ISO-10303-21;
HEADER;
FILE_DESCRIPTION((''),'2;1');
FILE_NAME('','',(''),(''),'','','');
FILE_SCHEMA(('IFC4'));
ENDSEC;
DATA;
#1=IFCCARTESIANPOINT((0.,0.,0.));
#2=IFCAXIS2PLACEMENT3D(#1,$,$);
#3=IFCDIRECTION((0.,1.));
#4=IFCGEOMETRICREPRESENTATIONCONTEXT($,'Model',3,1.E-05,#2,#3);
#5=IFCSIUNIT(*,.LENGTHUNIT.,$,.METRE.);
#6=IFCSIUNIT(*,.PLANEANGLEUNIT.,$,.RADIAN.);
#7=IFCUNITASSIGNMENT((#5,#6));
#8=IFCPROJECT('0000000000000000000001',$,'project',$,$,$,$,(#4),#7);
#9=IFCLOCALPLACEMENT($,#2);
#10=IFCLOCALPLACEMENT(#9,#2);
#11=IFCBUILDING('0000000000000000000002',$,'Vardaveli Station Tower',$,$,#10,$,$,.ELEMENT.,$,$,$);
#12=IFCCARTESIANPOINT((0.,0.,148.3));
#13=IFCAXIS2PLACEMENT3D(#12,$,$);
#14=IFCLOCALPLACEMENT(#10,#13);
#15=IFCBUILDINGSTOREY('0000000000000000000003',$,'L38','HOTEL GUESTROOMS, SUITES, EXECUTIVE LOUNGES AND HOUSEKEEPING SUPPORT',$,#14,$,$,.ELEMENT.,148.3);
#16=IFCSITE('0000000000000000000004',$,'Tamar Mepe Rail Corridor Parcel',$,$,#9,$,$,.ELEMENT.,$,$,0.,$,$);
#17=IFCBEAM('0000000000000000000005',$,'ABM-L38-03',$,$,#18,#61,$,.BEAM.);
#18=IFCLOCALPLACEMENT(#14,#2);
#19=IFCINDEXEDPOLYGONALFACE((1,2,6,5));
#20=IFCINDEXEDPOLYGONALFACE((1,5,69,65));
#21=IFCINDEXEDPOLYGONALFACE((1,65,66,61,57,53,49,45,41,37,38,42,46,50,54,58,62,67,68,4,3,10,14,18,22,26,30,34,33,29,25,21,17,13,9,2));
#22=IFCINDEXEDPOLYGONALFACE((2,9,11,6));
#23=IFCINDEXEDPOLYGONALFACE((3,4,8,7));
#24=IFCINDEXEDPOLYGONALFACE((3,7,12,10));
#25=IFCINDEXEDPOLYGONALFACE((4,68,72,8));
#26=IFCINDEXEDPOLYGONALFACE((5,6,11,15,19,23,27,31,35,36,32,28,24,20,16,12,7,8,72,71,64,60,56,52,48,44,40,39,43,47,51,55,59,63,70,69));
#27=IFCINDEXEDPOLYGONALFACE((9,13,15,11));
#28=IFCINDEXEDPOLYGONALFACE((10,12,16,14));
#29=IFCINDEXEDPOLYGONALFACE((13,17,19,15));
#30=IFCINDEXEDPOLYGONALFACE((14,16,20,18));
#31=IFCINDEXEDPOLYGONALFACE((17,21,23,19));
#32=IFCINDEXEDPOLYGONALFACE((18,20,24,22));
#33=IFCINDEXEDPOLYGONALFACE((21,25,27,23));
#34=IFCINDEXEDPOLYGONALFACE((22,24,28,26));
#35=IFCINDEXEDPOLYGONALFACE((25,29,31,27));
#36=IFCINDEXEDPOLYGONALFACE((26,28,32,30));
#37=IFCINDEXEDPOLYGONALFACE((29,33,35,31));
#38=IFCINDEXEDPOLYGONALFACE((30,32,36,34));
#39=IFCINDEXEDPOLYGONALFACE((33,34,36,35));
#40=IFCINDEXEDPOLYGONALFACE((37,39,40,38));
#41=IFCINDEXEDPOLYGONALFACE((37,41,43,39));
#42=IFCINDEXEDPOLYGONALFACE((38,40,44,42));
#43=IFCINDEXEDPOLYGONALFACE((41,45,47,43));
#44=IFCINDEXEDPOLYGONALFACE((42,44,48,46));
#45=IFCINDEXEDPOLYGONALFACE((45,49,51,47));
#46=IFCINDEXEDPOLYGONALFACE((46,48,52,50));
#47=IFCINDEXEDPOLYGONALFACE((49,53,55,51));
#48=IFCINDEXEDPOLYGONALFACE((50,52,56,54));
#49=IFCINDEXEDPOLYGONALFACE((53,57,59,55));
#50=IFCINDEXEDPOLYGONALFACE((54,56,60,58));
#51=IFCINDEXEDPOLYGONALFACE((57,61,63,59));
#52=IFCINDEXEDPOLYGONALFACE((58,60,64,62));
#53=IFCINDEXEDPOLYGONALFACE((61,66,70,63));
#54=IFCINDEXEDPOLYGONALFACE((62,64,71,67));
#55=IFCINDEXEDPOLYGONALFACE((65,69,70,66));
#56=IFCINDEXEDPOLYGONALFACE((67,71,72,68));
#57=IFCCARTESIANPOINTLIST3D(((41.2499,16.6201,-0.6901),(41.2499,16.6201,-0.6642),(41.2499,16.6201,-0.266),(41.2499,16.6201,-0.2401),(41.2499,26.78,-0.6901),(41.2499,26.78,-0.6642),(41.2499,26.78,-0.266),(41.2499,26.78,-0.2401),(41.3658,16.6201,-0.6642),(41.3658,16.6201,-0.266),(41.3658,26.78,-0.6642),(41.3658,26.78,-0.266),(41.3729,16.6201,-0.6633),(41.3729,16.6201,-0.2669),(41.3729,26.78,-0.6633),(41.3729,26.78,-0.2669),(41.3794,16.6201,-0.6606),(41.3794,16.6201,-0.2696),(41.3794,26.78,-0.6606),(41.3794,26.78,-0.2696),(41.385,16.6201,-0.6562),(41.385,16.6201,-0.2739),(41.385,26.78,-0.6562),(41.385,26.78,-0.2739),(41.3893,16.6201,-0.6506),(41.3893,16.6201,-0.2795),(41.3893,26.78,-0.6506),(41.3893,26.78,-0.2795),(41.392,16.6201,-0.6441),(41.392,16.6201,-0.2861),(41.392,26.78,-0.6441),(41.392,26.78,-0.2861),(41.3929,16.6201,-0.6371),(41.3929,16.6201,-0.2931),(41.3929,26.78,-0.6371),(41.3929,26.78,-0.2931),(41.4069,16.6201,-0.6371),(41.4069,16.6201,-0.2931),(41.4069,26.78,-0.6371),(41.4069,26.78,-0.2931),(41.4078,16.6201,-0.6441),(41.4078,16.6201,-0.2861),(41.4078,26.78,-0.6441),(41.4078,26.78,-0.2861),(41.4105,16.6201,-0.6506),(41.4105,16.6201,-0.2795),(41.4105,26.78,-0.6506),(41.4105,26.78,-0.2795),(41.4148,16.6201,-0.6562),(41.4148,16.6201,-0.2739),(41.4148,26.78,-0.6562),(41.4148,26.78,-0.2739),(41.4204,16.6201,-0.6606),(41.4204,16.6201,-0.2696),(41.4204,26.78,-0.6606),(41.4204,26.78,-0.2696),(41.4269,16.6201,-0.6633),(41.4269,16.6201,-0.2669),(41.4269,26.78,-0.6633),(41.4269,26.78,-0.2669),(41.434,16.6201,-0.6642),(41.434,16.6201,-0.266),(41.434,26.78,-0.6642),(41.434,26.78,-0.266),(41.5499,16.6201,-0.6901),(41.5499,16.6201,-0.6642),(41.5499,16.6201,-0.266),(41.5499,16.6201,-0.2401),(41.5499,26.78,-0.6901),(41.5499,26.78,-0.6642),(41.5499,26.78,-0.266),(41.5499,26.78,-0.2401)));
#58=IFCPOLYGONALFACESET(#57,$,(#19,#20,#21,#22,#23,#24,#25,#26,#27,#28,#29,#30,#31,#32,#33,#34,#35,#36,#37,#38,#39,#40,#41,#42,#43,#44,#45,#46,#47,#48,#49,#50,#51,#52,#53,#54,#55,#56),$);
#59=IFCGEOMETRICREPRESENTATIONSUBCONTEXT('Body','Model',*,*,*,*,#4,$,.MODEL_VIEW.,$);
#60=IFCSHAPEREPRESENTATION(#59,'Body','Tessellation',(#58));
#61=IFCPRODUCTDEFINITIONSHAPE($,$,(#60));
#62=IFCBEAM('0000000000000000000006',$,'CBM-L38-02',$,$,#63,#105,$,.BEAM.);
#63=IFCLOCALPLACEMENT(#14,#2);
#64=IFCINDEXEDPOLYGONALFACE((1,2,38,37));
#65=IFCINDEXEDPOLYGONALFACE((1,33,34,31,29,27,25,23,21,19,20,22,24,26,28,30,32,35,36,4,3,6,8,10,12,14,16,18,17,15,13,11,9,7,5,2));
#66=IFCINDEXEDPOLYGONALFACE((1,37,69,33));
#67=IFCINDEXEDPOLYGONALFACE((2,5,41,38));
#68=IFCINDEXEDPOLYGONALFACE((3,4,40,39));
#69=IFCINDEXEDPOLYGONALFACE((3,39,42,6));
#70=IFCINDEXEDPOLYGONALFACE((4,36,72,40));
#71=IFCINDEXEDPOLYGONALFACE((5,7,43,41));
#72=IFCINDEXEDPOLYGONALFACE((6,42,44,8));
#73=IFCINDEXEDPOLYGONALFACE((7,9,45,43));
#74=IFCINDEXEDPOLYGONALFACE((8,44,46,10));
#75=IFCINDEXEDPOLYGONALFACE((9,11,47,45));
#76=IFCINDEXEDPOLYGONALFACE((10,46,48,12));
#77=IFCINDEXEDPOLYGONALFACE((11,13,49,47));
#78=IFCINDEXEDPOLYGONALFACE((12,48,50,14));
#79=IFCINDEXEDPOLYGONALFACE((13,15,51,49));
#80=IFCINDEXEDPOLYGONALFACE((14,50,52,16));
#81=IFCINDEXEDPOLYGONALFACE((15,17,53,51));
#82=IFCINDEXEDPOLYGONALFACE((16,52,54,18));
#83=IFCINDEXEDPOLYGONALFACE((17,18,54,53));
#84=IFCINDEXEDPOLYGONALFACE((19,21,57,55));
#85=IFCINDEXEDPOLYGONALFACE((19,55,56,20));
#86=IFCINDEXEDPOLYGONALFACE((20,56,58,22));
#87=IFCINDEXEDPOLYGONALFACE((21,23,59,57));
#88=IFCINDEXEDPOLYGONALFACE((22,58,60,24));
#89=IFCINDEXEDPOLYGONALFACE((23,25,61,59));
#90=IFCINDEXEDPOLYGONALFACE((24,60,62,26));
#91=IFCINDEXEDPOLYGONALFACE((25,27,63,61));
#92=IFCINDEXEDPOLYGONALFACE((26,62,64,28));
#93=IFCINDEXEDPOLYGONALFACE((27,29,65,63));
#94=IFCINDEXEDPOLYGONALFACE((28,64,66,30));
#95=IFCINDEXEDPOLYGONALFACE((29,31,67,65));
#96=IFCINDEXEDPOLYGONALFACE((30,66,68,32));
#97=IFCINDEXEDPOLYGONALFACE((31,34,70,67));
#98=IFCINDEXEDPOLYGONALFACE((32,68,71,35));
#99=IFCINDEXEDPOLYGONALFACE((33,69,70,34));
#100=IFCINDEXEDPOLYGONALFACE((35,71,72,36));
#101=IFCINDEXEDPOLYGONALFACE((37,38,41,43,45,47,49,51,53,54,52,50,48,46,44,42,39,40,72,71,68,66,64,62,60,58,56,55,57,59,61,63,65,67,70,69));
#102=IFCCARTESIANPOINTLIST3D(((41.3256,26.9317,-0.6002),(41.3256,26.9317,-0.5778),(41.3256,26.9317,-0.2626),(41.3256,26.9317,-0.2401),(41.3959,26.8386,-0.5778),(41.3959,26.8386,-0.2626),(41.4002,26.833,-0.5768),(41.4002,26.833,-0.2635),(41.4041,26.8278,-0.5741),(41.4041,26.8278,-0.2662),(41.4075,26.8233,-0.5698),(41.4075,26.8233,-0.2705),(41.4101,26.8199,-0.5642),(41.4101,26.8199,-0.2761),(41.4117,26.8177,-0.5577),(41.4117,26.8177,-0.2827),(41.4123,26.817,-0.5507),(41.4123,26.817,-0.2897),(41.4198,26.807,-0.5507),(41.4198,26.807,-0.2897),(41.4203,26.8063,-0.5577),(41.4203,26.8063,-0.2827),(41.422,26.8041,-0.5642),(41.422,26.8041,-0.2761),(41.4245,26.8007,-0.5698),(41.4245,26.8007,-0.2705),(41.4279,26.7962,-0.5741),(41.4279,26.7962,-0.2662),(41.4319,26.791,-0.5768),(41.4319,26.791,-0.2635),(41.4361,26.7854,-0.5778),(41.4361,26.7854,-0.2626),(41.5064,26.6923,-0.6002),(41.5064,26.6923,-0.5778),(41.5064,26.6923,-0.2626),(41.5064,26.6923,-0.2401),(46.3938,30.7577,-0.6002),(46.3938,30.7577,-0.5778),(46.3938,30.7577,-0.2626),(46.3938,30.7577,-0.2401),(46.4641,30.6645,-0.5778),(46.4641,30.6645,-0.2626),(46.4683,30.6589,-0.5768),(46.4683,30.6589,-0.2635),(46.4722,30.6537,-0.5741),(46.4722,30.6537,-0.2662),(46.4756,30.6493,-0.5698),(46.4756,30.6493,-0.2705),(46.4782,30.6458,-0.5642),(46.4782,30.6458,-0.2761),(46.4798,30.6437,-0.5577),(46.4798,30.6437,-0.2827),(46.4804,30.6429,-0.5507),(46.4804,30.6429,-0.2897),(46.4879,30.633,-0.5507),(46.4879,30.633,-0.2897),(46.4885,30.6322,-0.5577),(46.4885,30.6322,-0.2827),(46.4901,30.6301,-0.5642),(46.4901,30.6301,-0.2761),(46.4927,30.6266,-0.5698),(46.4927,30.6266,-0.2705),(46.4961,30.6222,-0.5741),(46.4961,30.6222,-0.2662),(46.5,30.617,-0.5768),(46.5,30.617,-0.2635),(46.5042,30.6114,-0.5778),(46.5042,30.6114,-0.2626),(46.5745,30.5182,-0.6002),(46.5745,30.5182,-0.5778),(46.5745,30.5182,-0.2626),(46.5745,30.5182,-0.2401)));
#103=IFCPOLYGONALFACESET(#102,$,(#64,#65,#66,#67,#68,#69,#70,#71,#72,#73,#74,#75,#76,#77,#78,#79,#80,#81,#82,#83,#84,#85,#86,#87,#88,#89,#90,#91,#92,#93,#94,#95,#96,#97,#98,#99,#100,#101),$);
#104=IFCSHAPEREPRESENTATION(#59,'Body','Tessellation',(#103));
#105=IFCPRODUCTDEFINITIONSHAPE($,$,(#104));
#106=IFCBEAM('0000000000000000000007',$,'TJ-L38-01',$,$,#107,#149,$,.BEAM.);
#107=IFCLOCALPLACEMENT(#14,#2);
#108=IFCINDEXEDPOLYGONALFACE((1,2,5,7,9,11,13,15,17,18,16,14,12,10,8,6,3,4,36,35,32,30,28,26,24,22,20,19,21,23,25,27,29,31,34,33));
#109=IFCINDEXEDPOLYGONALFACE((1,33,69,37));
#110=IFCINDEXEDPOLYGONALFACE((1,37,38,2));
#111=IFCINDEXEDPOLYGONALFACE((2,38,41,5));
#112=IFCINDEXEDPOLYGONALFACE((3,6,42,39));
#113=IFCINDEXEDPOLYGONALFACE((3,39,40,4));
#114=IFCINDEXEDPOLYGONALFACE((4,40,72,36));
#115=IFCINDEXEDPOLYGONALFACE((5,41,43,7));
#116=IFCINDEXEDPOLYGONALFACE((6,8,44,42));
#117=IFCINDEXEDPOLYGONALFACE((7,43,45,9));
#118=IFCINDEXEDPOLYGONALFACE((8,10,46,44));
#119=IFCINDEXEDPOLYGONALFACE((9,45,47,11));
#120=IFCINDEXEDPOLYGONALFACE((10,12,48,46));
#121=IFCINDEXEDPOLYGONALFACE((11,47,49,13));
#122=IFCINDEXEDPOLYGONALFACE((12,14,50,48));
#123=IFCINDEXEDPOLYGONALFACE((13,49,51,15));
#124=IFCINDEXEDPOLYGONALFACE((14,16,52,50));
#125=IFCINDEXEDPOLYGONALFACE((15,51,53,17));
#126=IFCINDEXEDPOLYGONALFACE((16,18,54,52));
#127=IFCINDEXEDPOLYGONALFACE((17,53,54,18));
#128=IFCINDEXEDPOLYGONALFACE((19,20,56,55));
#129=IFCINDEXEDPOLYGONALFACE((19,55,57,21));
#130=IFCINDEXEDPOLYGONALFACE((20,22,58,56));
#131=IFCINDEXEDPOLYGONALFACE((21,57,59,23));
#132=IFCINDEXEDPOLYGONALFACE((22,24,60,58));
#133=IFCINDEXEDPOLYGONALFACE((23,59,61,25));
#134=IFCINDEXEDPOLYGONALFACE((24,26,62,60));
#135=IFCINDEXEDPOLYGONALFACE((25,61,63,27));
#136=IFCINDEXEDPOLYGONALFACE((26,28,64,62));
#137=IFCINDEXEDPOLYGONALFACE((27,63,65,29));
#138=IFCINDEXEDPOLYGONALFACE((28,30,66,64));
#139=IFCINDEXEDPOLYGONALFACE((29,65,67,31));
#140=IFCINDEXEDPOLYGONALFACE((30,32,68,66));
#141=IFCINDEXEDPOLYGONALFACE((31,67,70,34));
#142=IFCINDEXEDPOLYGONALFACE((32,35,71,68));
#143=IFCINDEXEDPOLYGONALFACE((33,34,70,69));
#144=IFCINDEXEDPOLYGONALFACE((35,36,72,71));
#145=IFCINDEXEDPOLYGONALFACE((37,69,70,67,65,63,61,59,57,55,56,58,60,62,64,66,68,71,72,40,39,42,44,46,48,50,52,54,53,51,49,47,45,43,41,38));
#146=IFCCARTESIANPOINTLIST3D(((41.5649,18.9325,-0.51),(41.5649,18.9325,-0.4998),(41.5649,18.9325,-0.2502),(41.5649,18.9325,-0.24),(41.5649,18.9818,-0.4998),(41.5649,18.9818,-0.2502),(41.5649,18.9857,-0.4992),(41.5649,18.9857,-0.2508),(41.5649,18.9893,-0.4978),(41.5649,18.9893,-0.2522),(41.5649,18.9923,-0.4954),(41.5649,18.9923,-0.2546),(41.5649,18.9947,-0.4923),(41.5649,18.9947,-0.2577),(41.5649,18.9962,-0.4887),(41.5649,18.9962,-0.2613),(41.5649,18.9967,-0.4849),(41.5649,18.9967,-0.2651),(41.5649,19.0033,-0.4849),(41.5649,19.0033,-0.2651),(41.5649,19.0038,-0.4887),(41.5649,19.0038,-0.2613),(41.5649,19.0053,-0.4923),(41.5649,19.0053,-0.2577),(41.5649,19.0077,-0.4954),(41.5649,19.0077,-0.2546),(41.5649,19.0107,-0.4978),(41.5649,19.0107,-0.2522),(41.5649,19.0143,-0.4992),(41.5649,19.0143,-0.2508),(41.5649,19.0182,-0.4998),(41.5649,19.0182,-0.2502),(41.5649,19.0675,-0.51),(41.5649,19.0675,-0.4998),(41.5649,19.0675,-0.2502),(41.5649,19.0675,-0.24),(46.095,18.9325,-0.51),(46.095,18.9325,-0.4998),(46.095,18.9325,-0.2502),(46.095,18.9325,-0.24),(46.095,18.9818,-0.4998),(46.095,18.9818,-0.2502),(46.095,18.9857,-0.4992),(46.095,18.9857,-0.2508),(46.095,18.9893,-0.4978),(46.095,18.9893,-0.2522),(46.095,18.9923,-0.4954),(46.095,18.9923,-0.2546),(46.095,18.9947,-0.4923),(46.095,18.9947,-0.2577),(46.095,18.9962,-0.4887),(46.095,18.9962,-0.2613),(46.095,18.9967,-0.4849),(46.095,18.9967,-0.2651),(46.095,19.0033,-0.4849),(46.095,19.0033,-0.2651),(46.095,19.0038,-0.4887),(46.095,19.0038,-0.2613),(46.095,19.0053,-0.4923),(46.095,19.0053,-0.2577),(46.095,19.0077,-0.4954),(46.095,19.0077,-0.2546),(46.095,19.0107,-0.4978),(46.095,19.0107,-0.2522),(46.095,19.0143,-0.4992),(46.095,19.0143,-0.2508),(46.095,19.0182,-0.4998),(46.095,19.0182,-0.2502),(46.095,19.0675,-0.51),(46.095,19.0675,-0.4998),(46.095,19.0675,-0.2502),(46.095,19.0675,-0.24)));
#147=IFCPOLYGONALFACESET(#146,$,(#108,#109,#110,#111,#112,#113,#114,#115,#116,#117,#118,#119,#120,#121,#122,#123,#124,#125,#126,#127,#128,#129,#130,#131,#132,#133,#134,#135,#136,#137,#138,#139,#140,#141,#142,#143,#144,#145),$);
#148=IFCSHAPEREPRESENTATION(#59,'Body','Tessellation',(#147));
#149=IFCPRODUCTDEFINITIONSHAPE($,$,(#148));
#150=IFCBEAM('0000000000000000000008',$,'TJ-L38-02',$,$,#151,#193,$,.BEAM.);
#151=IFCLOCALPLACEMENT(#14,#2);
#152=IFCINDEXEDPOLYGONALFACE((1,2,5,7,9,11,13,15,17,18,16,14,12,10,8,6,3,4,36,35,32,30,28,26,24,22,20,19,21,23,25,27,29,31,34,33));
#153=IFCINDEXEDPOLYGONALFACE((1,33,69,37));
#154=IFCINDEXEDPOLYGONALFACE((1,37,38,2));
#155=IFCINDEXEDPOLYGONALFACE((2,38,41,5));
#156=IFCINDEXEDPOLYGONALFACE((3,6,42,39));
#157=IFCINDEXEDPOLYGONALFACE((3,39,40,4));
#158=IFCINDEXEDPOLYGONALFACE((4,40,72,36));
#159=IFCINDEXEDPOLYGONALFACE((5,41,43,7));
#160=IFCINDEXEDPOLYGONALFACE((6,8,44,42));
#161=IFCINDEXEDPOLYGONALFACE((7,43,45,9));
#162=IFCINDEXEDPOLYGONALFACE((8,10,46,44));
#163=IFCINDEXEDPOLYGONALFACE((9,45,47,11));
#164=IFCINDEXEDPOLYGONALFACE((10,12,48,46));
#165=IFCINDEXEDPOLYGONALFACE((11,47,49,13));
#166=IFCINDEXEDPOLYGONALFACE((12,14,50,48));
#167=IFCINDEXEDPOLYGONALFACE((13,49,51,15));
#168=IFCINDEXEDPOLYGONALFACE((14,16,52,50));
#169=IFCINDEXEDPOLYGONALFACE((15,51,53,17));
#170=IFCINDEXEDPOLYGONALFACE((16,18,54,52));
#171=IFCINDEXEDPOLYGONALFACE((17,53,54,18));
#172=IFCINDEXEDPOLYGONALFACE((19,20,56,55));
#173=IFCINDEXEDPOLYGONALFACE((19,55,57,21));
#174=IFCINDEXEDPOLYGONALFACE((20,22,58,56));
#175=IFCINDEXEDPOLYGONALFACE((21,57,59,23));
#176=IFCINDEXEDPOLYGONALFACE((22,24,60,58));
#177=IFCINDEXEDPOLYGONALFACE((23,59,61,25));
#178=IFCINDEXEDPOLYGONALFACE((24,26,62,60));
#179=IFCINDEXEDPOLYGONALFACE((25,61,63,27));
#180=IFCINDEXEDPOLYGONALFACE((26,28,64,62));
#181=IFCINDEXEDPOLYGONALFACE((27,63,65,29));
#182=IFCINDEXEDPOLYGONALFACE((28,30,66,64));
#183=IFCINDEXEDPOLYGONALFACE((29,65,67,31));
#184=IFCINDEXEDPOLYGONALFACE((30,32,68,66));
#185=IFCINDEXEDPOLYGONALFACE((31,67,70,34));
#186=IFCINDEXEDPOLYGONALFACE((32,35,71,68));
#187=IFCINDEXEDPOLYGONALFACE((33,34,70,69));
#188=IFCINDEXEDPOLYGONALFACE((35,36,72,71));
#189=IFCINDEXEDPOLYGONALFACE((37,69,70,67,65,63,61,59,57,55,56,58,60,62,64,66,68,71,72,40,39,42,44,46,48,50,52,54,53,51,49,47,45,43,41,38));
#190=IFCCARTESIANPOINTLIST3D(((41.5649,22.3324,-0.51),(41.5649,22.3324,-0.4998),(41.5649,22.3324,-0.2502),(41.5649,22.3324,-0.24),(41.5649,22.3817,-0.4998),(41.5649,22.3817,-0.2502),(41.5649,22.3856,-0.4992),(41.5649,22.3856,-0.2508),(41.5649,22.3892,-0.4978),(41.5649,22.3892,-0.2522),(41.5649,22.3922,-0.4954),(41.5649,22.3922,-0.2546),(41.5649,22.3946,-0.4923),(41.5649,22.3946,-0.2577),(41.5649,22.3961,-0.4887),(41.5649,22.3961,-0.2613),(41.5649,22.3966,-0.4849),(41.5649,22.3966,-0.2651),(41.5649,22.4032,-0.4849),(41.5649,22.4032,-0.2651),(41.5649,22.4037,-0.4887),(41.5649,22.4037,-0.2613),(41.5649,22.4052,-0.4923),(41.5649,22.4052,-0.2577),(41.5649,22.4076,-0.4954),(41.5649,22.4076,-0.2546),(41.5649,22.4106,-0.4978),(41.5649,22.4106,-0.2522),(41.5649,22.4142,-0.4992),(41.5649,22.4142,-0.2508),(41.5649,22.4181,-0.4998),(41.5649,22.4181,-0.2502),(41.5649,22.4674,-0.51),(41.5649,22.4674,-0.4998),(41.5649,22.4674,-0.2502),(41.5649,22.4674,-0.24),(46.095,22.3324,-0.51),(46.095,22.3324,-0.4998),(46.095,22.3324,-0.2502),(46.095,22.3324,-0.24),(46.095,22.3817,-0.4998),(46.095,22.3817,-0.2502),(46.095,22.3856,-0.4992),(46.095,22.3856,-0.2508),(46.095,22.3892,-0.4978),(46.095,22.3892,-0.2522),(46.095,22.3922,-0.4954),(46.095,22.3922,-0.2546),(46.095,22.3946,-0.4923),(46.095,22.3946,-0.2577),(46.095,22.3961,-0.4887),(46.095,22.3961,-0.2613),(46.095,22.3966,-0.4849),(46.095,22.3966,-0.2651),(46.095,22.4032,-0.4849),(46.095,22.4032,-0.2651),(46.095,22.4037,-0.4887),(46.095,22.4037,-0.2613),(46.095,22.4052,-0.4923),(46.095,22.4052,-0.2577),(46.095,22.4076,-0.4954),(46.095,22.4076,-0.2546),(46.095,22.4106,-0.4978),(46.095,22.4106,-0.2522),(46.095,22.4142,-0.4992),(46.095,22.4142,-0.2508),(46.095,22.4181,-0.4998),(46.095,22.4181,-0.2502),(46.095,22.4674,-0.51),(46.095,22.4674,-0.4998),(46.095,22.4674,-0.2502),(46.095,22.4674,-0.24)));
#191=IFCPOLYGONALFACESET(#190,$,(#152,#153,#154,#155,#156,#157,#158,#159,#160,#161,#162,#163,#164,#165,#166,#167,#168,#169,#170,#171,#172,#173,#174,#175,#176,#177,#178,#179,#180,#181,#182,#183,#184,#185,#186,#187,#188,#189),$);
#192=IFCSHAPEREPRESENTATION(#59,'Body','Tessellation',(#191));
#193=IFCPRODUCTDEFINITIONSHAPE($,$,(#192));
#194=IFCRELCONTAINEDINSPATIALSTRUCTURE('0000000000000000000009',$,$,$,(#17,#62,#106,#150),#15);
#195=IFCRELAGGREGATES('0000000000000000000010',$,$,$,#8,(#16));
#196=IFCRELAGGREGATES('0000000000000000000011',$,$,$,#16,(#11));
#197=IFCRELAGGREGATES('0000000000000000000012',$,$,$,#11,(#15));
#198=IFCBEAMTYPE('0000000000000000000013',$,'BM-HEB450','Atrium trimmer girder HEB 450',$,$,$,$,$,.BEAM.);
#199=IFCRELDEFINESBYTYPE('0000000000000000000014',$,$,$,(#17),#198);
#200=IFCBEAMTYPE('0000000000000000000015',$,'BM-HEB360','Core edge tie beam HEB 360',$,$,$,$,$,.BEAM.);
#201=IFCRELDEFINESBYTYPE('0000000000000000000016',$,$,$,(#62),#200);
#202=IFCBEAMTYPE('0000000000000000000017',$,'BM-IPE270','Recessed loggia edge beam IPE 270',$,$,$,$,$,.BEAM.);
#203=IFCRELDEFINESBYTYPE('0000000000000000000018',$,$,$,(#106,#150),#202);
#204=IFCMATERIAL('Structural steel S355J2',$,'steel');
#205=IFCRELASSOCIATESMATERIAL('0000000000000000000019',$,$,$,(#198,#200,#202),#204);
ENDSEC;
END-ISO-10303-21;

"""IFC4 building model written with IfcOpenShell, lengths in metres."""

from ifc_helpers import new_model, si_unit, direction, frame, origin, origin_2d, place, context, subcontext, project, spatial, i_section, extrude, source, transform, mapped, material, material_profile, profile_set, type_object, element, save


model = new_model("IFC4")

# Units and contexts
model_context = context("Model", 3, precision=1e-05, world=origin(), true_north=direction((0.0, 1.0)))
body_context = subcontext(model_context, "Body", "Model", "MODEL_VIEW")
ifc_project = project(units=[si_unit("LENGTHUNIT", "METRE"), si_unit("PLANEANGLEUNIT", "RADIAN")], contexts=[model_context])

# Site, building, storey
site_placement = place(None, origin())
site = spatial("IfcSite", under=ifc_project, at=site_placement, Name="Tamar Mepe Rail Corridor Parcel", CompositionType="ELEMENT", RefElevation=0.0)
building_placement = place(site_placement, origin())
building = spatial("IfcBuilding", under=site, at=building_placement, Name="Vardaveli Station Tower", CompositionType="ELEMENT")
storey_placement = place(building_placement, frame((0.0, 0.0, 148.3)))
storey = spatial("IfcBuildingStorey", under=building, at=storey_placement, Name="L38", Description="HOTEL GUESTROOMS, SUITES, EXECUTIVE LOUNGES AND HOUSEKEEPING SUPPORT", CompositionType="ELEMENT", Elevation=148.3)

# Beams
ifc_material_1 = material(Name="Structural steel S355J2", Category="steel")
ifc_material_profile_1 = material_profile(ifc_material_1, i_section(OverallWidth=0.3, OverallDepth=0.45, WebThickness=0.0139, FlangeThickness=0.0259, FilletRadius=0.0271, at=origin_2d()), Name="HEB 450")
ifc_profile_set_1 = profile_set([ifc_material_profile_1], Name="Structural steel S355J2")
beam_type_1 = type_object("IfcBeamType", Name="BM-HEB450", Description="Atrium trimmer girder HEB 450", PredefinedType="BEAM", material=ifc_profile_set_1)
shared_shape_1 = source(origin(), body_context, "Body", "SweptSolid", [
    extrude(i_section(OverallWidth=0.3, OverallDepth=0.45, WebThickness=0.0139, FlangeThickness=0.0259, FilletRadius=0.0271, at=origin_2d()), origin(), (0.0, 0.0, 1.0), 10.1599),
])
beam_1_placement = place(storey_placement, frame((41.3999, 16.6201, -0.4651), z_axis=(0.0, 1.0, 0.0), x_axis=(-1.0, 0.0, 0.0)))
element("IfcBeam", 1, at=beam_1_placement, inside=storey, type_object=beam_type_1, Name="ABM-L38-03", PredefinedType="BEAM", context=body_context, shape_type="MappedRepresentation", body=[
    mapped(shared_shape_1, transform((0.0, 0.0, 0.0), scale=1.0)),
])
ifc_material_profile_2 = material_profile(ifc_material_1, i_section(OverallWidth=0.3, OverallDepth=0.3601, WebThickness=0.0125, FlangeThickness=0.0225, FilletRadius=0.0271, at=origin_2d()), Name="HEB 360")
ifc_profile_set_2 = profile_set([ifc_material_profile_2], Name="Structural steel S355J2")
beam_type_2 = type_object("IfcBeamType", Name="BM-HEB360", Description="Core edge tie beam HEB 360", PredefinedType="BEAM", material=ifc_profile_set_2)
shared_shape_2 = source(origin(), body_context, "Body", "SweptSolid", [
    extrude(i_section(OverallWidth=0.3, OverallDepth=0.3601, WebThickness=0.0125, FlangeThickness=0.0225, FilletRadius=0.0271, at=origin_2d()), origin(), (0.0, 0.0, 1.0), 6.3501),
])
beam_2_placement = place(storey_placement, frame((41.416, 26.812, -0.4202), z_axis=(0.798118, 0.602501, 0.0), x_axis=(-0.602501, 0.798118, 0.0)))
element("IfcBeam", 2, at=beam_2_placement, inside=storey, type_object=beam_type_2, Name="CBM-L38-02", PredefinedType="BEAM", context=body_context, shape_type="MappedRepresentation", body=[
    mapped(shared_shape_2, transform((0.0, 0.0, 0.0), scale=1.0)),
])
ifc_material_profile_3 = material_profile(ifc_material_1, i_section(OverallWidth=0.135, OverallDepth=0.27, WebThickness=0.0066, FlangeThickness=0.0103, FilletRadius=0.0149, at=origin_2d()), Name="IPE 270")
ifc_profile_set_3 = profile_set([ifc_material_profile_3], Name="Structural steel S355J2")
beam_type_3 = type_object("IfcBeamType", Name="BM-IPE270", Description="Recessed loggia edge beam IPE 270", PredefinedType="BEAM", material=ifc_profile_set_3)
shared_shape_3 = source(origin(), body_context, "Body", "SweptSolid", [
    extrude(i_section(OverallWidth=0.135, OverallDepth=0.27, WebThickness=0.0066, FlangeThickness=0.0103, FilletRadius=0.0149, at=origin_2d()), origin(), (0.0, 0.0, 1.0), 4.53),
])
for number, where, z_axis, x_axis, name in (
    (3, (41.5649, 19.0, -0.375), (1.0, 0.0, 0.0), (0.0, 1.0, 0.0), "TJ-L38-01"),
    (4, (41.5649, 22.3999, -0.375), (1.0, 0.0, 0.0), (0.0, 1.0, 0.0), "TJ-L38-02"),
):
    element("IfcBeam", number, at=place(storey_placement, frame(where, z_axis=z_axis, x_axis=x_axis)), inside=storey, type_object=beam_type_3, Name=name, PredefinedType="BEAM", context=body_context, shape_type="MappedRepresentation", body=[
        mapped(shared_shape_3, transform((0.0, 0.0, 0.0), scale=1.0)),
    ])

save(model, "model.ifc")
